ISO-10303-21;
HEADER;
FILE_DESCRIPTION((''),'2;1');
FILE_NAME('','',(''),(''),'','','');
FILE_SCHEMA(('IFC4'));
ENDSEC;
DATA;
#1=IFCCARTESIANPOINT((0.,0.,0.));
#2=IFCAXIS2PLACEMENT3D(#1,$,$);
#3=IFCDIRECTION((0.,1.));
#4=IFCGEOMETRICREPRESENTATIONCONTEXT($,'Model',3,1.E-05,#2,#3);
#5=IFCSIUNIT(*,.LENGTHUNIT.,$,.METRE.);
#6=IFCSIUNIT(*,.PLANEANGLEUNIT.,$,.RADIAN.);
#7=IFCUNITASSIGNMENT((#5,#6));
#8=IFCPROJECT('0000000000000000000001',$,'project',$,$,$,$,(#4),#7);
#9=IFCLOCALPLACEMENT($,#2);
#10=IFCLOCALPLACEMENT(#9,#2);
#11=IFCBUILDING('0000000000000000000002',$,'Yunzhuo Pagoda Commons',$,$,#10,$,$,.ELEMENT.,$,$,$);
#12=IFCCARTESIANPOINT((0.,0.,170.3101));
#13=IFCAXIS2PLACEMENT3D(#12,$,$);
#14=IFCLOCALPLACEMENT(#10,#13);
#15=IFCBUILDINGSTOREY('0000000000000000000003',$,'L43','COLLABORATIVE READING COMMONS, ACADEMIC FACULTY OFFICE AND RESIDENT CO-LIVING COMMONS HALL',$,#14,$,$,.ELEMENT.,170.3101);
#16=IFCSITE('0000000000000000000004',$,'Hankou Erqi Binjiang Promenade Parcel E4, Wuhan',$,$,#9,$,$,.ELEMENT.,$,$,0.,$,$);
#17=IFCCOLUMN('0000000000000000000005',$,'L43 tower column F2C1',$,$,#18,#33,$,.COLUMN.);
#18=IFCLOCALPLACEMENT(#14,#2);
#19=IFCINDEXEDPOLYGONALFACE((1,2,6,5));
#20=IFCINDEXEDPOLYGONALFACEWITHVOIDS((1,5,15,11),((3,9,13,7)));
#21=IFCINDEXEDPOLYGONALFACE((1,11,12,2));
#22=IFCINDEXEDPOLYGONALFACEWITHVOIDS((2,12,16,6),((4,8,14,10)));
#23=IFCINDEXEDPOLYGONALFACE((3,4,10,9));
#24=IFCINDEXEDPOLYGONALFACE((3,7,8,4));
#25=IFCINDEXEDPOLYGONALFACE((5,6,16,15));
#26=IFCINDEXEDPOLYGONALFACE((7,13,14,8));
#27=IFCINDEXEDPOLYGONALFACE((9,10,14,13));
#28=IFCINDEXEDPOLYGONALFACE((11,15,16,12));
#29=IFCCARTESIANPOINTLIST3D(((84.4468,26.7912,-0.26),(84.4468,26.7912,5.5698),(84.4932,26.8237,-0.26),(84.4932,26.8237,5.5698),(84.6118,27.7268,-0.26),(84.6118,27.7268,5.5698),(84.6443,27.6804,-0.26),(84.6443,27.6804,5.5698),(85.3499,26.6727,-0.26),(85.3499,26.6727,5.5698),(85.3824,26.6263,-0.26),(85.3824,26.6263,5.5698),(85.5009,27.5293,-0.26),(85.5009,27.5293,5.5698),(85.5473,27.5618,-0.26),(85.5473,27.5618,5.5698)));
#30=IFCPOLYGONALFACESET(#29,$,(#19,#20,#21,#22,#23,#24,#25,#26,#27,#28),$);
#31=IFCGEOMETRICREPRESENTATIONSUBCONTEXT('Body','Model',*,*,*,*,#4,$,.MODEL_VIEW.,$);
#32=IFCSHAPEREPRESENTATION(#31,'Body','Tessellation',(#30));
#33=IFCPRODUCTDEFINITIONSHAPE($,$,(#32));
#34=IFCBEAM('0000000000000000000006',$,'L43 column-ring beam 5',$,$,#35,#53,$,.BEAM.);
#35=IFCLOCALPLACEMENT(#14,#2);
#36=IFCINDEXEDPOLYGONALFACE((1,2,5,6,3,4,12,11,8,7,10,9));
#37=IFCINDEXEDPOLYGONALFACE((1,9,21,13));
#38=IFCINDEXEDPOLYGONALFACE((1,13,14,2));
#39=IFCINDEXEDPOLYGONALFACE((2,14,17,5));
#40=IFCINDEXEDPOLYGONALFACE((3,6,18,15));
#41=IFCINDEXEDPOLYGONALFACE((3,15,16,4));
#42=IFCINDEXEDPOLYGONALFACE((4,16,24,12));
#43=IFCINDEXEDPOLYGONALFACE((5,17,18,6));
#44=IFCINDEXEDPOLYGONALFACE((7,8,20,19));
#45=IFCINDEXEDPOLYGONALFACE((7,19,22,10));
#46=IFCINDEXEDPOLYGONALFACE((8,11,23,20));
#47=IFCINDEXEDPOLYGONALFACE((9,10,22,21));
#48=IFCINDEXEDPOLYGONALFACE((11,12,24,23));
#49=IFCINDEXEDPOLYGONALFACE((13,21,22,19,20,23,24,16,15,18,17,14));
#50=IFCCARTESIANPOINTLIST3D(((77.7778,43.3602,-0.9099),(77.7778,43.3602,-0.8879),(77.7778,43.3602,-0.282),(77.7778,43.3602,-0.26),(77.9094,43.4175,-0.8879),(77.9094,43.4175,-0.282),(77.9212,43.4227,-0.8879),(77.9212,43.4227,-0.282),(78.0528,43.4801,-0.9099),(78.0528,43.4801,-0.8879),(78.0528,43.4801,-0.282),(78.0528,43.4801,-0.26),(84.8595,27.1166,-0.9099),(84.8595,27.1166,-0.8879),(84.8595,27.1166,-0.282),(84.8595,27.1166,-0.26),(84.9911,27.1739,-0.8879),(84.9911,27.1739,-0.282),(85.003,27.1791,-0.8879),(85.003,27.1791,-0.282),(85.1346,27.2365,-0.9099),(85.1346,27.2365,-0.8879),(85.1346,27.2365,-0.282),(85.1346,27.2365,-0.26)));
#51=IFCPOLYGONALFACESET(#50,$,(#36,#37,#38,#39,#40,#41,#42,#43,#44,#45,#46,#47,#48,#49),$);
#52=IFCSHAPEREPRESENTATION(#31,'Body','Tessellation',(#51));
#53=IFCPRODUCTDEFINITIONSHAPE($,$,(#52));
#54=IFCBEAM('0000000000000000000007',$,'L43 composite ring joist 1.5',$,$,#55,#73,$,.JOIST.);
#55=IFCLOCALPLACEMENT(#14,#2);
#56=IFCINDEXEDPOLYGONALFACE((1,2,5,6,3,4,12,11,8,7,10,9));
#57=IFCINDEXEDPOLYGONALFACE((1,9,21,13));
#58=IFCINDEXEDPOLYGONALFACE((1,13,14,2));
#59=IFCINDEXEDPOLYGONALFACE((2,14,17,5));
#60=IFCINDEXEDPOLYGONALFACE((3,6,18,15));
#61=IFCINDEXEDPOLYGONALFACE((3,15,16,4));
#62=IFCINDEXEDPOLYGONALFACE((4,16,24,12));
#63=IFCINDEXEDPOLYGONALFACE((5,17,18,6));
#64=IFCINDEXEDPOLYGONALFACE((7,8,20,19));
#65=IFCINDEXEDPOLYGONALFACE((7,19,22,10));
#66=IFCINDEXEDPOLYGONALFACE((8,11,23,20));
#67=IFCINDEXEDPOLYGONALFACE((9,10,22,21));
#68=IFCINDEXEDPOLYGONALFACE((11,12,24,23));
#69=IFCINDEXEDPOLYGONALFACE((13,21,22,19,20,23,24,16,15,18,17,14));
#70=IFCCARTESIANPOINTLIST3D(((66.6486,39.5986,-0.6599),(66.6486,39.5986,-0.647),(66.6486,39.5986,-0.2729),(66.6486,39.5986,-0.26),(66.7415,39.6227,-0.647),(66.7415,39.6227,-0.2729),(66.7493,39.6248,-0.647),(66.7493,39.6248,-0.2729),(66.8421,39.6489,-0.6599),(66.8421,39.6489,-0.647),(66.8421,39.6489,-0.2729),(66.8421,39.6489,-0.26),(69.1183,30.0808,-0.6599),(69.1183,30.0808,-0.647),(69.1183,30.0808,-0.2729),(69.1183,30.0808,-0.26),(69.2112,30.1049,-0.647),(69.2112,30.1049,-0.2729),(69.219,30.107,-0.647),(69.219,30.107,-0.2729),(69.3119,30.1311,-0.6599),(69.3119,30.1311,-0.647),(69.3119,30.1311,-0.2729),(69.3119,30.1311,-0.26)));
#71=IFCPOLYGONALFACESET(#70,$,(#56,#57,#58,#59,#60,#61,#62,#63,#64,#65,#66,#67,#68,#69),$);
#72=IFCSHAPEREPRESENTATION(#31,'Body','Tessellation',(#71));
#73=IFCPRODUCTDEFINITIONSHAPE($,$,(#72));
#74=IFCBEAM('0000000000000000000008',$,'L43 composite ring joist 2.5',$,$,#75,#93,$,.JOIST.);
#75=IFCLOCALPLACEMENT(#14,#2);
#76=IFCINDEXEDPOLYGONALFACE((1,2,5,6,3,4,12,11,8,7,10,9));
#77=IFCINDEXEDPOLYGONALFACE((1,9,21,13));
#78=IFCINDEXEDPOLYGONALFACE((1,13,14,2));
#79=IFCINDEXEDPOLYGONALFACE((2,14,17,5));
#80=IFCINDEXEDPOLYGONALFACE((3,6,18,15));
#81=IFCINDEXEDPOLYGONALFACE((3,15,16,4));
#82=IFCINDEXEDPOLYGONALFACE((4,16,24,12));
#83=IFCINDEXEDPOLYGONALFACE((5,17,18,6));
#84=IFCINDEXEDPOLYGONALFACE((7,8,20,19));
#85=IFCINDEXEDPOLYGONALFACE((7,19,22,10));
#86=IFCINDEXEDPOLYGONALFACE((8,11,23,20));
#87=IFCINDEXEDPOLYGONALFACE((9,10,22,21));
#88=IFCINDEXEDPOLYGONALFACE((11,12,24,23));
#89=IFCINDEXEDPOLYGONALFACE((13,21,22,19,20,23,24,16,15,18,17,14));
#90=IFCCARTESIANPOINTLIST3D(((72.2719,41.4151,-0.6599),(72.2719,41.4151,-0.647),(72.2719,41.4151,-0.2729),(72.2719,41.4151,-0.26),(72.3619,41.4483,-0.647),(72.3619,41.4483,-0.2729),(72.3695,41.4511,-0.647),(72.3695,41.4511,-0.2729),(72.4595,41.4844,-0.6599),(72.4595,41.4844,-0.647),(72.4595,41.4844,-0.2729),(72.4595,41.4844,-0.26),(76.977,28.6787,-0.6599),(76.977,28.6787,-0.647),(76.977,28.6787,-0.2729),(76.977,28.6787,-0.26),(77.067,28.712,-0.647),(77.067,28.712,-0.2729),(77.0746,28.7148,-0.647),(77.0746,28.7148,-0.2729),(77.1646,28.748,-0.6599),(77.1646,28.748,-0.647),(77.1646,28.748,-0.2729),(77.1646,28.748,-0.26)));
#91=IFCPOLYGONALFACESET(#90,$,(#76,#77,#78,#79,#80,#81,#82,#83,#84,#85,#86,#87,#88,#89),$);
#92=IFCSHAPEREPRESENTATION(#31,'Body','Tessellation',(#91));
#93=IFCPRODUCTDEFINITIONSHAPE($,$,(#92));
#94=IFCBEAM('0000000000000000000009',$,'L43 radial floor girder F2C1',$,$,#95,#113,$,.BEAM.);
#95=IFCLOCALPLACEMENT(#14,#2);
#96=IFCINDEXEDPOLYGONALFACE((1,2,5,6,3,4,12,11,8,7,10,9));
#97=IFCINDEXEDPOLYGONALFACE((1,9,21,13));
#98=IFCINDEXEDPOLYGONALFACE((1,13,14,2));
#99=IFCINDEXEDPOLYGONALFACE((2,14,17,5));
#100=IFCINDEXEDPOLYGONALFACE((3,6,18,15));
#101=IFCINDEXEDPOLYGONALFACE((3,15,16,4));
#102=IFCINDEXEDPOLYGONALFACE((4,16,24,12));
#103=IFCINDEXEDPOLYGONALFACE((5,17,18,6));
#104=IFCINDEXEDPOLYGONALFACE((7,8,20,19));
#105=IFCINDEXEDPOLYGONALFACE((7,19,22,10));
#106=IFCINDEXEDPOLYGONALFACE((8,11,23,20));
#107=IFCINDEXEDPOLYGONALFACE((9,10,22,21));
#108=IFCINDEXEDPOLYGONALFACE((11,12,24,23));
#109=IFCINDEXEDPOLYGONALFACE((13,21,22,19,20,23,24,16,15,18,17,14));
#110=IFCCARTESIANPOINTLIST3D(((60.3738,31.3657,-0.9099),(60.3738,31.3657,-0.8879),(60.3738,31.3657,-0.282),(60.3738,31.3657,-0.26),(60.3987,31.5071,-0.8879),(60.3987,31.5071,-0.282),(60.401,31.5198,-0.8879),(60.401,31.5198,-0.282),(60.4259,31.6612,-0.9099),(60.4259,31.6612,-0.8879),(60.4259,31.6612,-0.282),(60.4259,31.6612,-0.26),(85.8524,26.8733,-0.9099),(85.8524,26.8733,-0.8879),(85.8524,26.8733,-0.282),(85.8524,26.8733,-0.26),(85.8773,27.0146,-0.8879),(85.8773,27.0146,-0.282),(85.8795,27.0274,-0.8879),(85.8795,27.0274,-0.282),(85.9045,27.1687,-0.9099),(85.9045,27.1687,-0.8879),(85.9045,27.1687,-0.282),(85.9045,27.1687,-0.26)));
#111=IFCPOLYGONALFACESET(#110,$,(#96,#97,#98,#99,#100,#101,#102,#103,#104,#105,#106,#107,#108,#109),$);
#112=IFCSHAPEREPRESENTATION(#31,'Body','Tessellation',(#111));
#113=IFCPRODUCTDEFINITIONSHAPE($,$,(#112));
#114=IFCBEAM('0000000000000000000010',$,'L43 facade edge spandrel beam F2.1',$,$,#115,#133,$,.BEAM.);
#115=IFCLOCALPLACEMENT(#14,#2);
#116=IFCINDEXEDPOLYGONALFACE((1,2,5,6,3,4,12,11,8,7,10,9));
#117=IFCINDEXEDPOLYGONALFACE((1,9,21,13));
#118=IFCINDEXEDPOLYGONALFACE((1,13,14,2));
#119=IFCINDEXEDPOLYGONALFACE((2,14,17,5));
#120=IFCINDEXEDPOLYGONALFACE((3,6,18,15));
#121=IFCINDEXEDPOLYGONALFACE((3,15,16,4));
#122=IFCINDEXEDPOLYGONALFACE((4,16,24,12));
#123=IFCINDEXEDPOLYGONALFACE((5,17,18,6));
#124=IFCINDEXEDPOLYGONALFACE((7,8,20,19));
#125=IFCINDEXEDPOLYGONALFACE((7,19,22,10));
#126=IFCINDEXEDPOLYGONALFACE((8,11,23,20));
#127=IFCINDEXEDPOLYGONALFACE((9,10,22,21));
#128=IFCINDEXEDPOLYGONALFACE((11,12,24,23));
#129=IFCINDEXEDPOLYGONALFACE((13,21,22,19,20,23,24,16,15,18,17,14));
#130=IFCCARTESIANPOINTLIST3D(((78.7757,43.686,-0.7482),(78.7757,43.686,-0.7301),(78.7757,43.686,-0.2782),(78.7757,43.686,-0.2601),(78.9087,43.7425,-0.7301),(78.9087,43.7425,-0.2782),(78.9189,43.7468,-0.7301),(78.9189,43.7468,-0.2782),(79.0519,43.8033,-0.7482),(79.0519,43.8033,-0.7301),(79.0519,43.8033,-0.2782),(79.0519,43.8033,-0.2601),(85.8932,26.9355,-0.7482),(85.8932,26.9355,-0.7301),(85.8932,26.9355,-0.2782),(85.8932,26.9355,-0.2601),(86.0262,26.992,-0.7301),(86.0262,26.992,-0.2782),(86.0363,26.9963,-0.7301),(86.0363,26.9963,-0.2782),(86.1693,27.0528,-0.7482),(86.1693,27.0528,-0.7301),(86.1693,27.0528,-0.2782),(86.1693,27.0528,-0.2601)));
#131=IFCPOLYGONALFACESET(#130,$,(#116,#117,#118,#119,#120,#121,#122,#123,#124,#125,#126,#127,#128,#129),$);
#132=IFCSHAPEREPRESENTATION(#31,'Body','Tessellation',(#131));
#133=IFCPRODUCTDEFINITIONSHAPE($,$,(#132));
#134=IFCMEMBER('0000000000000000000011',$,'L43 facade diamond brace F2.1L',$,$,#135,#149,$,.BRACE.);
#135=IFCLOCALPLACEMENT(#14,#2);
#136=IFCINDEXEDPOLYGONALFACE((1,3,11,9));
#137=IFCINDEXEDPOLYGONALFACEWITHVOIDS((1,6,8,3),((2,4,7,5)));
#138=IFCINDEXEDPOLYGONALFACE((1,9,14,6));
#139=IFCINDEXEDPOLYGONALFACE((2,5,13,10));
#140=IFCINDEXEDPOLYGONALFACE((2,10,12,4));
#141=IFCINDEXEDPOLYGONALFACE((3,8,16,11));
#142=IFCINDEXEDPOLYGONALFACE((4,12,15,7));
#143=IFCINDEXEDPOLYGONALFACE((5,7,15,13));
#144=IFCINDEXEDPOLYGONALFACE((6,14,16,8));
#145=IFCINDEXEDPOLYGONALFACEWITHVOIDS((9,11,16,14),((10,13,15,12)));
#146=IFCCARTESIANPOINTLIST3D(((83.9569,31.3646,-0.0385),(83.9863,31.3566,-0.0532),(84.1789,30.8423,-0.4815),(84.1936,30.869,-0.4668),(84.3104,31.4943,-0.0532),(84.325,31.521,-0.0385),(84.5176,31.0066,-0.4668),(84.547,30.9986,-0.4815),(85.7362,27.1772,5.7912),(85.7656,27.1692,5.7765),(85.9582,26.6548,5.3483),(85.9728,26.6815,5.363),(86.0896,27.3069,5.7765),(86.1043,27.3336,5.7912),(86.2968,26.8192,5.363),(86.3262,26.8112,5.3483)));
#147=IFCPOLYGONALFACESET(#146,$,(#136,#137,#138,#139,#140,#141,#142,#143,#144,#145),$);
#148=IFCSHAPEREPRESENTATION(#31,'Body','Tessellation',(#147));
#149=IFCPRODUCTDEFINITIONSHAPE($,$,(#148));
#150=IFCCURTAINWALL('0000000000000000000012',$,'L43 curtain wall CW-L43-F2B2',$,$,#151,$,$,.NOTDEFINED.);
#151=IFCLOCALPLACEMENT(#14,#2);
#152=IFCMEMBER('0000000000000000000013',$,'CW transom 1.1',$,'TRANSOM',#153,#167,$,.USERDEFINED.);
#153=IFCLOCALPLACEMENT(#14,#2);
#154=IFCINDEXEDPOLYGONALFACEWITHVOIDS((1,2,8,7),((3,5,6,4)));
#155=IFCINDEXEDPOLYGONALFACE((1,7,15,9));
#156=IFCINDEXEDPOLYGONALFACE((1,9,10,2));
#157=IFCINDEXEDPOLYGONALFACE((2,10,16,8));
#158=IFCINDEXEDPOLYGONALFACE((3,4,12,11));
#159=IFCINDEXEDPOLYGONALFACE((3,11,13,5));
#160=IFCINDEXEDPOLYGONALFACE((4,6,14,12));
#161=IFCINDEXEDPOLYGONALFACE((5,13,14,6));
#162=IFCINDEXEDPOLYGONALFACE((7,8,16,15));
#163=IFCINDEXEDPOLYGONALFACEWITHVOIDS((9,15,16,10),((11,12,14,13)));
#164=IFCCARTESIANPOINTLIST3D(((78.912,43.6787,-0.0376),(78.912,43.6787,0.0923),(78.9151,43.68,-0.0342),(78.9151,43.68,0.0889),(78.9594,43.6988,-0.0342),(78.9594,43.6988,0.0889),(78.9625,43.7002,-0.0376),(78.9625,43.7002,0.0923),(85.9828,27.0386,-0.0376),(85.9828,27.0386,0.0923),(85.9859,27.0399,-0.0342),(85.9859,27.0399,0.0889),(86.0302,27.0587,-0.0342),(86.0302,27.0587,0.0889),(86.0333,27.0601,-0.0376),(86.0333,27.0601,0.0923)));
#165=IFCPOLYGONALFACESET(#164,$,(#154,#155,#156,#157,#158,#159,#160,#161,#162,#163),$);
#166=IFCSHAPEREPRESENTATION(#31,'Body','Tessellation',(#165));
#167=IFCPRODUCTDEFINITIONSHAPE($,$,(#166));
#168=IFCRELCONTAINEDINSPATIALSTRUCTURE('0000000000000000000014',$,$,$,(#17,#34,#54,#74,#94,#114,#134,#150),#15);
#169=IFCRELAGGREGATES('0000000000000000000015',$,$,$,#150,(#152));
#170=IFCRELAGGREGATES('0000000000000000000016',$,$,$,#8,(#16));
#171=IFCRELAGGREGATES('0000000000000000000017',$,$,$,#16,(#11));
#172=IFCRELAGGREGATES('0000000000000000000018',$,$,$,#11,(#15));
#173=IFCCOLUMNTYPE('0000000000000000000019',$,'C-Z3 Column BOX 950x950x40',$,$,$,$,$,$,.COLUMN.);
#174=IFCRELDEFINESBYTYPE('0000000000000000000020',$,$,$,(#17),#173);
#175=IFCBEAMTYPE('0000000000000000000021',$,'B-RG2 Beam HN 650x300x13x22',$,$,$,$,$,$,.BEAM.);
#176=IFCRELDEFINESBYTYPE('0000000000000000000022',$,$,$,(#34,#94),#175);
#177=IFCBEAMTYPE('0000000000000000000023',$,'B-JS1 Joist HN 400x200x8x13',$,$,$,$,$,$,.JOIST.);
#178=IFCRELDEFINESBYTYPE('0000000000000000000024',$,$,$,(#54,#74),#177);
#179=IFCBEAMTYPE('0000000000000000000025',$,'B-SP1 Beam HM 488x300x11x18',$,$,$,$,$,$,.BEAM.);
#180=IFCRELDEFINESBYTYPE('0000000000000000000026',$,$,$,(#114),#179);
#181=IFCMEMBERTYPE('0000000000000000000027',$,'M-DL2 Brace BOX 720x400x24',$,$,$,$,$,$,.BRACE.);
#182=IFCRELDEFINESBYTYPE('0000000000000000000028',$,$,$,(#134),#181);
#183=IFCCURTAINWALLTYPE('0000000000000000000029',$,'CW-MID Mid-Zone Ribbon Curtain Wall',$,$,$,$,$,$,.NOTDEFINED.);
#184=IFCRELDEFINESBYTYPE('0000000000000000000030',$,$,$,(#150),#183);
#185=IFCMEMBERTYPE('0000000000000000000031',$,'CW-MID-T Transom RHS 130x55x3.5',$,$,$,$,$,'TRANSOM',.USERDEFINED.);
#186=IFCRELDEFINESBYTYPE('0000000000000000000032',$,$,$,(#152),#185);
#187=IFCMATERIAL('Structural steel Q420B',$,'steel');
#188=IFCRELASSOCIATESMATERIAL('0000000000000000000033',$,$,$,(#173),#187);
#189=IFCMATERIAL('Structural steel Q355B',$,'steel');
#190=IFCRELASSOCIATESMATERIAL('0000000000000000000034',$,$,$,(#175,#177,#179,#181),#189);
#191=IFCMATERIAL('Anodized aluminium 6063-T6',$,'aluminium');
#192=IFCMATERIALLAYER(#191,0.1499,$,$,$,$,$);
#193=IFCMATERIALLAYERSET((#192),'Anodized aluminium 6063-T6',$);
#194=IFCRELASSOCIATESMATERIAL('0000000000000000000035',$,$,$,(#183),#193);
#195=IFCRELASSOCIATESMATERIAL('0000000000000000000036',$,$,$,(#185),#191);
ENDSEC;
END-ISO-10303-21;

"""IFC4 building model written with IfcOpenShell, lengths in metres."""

from ifc_helpers import new_model, si_unit, direction, frame, origin, origin_2d, place, context, subcontext, project, spatial, hollow_rectangle, i_section, extrude, source, transform, mapped, material, layer, layer_set, material_profile, profile_set, type_object, element, aggregate, save


model = new_model("IFC4")

# Units and contexts
model_context = context("Model", 3, precision=1e-05, world=origin(), true_north=direction((0.0, 1.0)))
body_context = subcontext(model_context, "Body", "Model", "MODEL_VIEW")
ifc_project = project(units=[si_unit("LENGTHUNIT", "METRE"), si_unit("PLANEANGLEUNIT", "RADIAN")], contexts=[model_context])

# Site, building, storey
site_placement = place(None, origin())
site = spatial("IfcSite", under=ifc_project, at=site_placement, Name="Hankou Erqi Binjiang Promenade Parcel E4, Wuhan", CompositionType="ELEMENT", RefElevation=0.0)
building_placement = place(site_placement, origin())
building = spatial("IfcBuilding", under=site, at=building_placement, Name="Yunzhuo Pagoda Commons", CompositionType="ELEMENT")
storey_placement = place(building_placement, frame((0.0, 0.0, 170.3101)))
storey = spatial("IfcBuildingStorey", under=building, at=storey_placement, Name="L43", Description="COLLABORATIVE READING COMMONS, ACADEMIC FACULTY OFFICE AND RESIDENT CO-LIVING COMMONS HALL", CompositionType="ELEMENT", Elevation=170.3101)

# Column
ifc_material_1 = material(Name="Structural steel Q420B", Category="steel")
ifc_material_profile_1 = material_profile(ifc_material_1, hollow_rectangle(XDim=0.95, YDim=0.95, WallThickness=0.04, at=origin_2d()), Name="Structural steel Q420B")
ifc_profile_set_1 = profile_set([ifc_material_profile_1], Name="Structural steel Q420B")
column_type = type_object("IfcColumnType", Name="C-Z3 Column BOX 950x950x40", PredefinedType="COLUMN", material=ifc_profile_set_1)
shared_shape_1 = source(origin(), body_context, "Body", "SweptSolid", [
    extrude(hollow_rectangle(XDim=0.95, YDim=0.95, WallThickness=0.04, at=origin_2d()), origin(), (0.0, 0.0, 1.0), 5.8298),
])
column_placement = place(storey_placement, frame((84.9971, 27.1765, -0.26), z_axis=(0.0, 0.0, 1.0), x_axis=(0.173648, 0.984808, 0.0)))
element("IfcColumn", 1, at=column_placement, inside=storey, type_object=column_type, Name="L43 tower column F2C1", PredefinedType="COLUMN", context=body_context, shape_type="MappedRepresentation", body=[
    mapped(shared_shape_1, transform((0.0, 0.0, 0.0), scale=1.0)),
])

# Beams
ifc_material_2 = material(Name="Structural steel Q355B", Category="steel")
ifc_material_profile_2 = material_profile(ifc_material_2, i_section(OverallWidth=0.3, OverallDepth=0.6499, WebThickness=0.0129, FlangeThickness=0.022, at=origin_2d()), Name="Structural steel Q355B")
ifc_profile_set_2 = profile_set([ifc_material_profile_2], Name="Structural steel Q355B")
beam_type_1 = type_object("IfcBeamType", Name="B-RG2 Beam HN 650x300x13x22", PredefinedType="BEAM", material=ifc_profile_set_2)
shared_shape_2 = source(origin(), body_context, "Body", "SweptSolid", [
    extrude(i_section(OverallWidth=0.3, OverallDepth=0.6499, WebThickness=0.0129, FlangeThickness=0.022, at=origin_2d()), origin(), (0.0, 0.0, 1.0), 17.7202),
])
beam_1_placement = place(storey_placement, frame((84.9971, 27.1765, -0.585), z_axis=(-0.399643, 0.916671, 0.0), x_axis=(-0.916671, -0.399643, 0.0)))
element("IfcBeam", 2, at=beam_1_placement, inside=storey, type_object=beam_type_1, Name="L43 column-ring beam 5", PredefinedType="BEAM", context=body_context, shape_type="MappedRepresentation", body=[
    mapped(shared_shape_2, transform((0.0, 0.0, 0.0), scale=1.0)),
])
ifc_material_profile_3 = material_profile(ifc_material_2, i_section(OverallWidth=0.2, OverallDepth=0.3999, WebThickness=0.0081, FlangeThickness=0.0129, at=origin_2d()), Name="Structural steel Q355B")
ifc_profile_set_3 = profile_set([ifc_material_profile_3], Name="Structural steel Q355B")
beam_type_2 = type_object("IfcBeamType", Name="B-JS1 Joist HN 400x200x8x13", PredefinedType="JOIST", material=ifc_profile_set_3)
shared_shape_3 = source(origin(), body_context, "Body", "SweptSolid", [
    extrude(i_section(OverallWidth=0.2, OverallDepth=0.3999, WebThickness=0.0081, FlangeThickness=0.0129, at=origin_2d()), origin(), (0.0, 0.0, 1.0), 9.833),
])
beam_2_placement = place(storey_placement, frame((69.2151, 30.106, -0.46), z_axis=(-0.251166, 0.967944, 0.0), x_axis=(-0.967944, -0.251166, 0.0)))
element("IfcBeam", 3, at=beam_2_placement, inside=storey, type_object=beam_type_2, Name="L43 composite ring joist 1.5", PredefinedType="JOIST", context=body_context, shape_type="MappedRepresentation", body=[
    mapped(shared_shape_3, transform((0.0, 0.0, 0.0), scale=1.0)),
])
shared_shape_4 = source(origin(), body_context, "Body", "SweptSolid", [
    extrude(i_section(OverallWidth=0.2, OverallDepth=0.3999, WebThickness=0.0081, FlangeThickness=0.0129, at=origin_2d()), origin(), (0.0, 0.0, 1.0), 13.5776),
])
beam_3_placement = place(storey_placement, frame((77.0708, 28.7134, -0.46), z_axis=(-0.346532, 0.938038, 0.0), x_axis=(-0.938038, -0.346532, 0.0)))
element("IfcBeam", 4, at=beam_3_placement, inside=storey, type_object=beam_type_2, Name="L43 composite ring joist 2.5", PredefinedType="JOIST", context=body_context, shape_type="MappedRepresentation", body=[
    mapped(shared_shape_4, transform((0.0, 0.0, 0.0), scale=1.0)),
])
shared_shape_5 = source(origin(), body_context, "Body", "SweptSolid", [
    extrude(i_section(OverallWidth=0.3, OverallDepth=0.6499, WebThickness=0.0129, FlangeThickness=0.022, at=origin_2d()), origin(), (0.0, 0.0, 1.0), 25.8716),
])
beam_4_placement = place(storey_placement, frame((85.8784, 27.021, -0.585), z_axis=(-0.984809, 0.173644, 0.0), x_axis=(-0.173644, -0.984809, 0.0)))
element("IfcBeam", 5, at=beam_4_placement, inside=storey, type_object=beam_type_1, Name="L43 radial floor girder F2C1", PredefinedType="BEAM", context=body_context, shape_type="MappedRepresentation", body=[
    mapped(shared_shape_5, transform((0.0, 0.0, 0.0), scale=1.0)),
])
ifc_material_profile_4 = material_profile(ifc_material_2, i_section(OverallWidth=0.3, OverallDepth=0.488, WebThickness=0.011, FlangeThickness=0.0181, at=origin_2d()), Name="Structural steel Q355B")
ifc_profile_set_4 = profile_set([ifc_material_profile_4], Name="Structural steel Q355B")
beam_type_3 = type_object("IfcBeamType", Name="B-SP1 Beam HM 488x300x11x18", PredefinedType="BEAM", material=ifc_profile_set_4)
shared_shape_6 = source(origin(), body_context, "Body", "SweptSolid", [
    extrude(i_section(OverallWidth=0.3, OverallDepth=0.488, WebThickness=0.011, FlangeThickness=0.0181, at=origin_2d()), origin(), (0.0, 0.0, 1.0), 18.2),
])
beam_5_placement = place(storey_placement, frame((86.0312, 26.9941, -0.5042), z_axis=(-0.39107, 0.920361, 0.0), x_axis=(-0.920361, -0.39107, 0.0)))
element("IfcBeam", 6, at=beam_5_placement, inside=storey, type_object=beam_type_3, Name="L43 facade edge spandrel beam F2.1", PredefinedType="BEAM", context=body_context, shape_type="MappedRepresentation", body=[
    mapped(shared_shape_6, transform((0.0, 0.0, 0.0), scale=1.0)),
])

# Member
ifc_material_profile_5 = material_profile(ifc_material_2, hollow_rectangle(XDim=0.3999, YDim=0.72, WallThickness=0.0239, at=origin_2d()), Name="Structural steel Q355B")
ifc_profile_set_5 = profile_set([ifc_material_profile_5], Name="Structural steel Q355B")
member_type_1 = type_object("IfcMemberType", Name="M-DL2 Brace BOX 720x400x24", PredefinedType="BRACE", material=ifc_profile_set_5)
shared_shape_7 = source(origin(), body_context, "Body", "SweptSolid", [
    extrude(hollow_rectangle(XDim=0.3999, YDim=0.72, WallThickness=0.0239, at=origin_2d()), origin(), (0.0, 0.0, 1.0), 7.395),
])
member_1_placement = place(storey_placement, frame((84.252, 31.1816, -0.26), z_axis=(0.240604, -0.566251, 0.788334), x_axis=(0.920362, 0.391068, 0.0)))
element("IfcMember", 7, at=member_1_placement, inside=storey, type_object=member_type_1, Name="L43 facade diamond brace F2.1L", PredefinedType="BRACE", context=body_context, shape_type="MappedRepresentation", body=[
    mapped(shared_shape_7, transform((0.0, 0.0, 0.0), scale=1.0)),
])

# Curtain wall, member
ifc_material_3 = material(Name="Anodized aluminium 6063-T6", Category="aluminium")
ifc_layer_1 = layer(ifc_material_3, 0.1499)
ifc_layer_set_1 = layer_set([ifc_layer_1], Name="Anodized aluminium 6063-T6")
curtain_wall_type = type_object("IfcCurtainWallType", Name="CW-MID Mid-Zone Ribbon Curtain Wall", PredefinedType="NOTDEFINED", material=ifc_layer_set_1)
curtain_wall_1_placement = place(storey_placement, origin())
curtain_wall_1 = element("IfcCurtainWall", 8, at=curtain_wall_1_placement, inside=storey, type_object=curtain_wall_type, Name="L43 curtain wall CW-L43-F2B2", PredefinedType="NOTDEFINED")
ifc_material_profile_6 = material_profile(ifc_material_3, hollow_rectangle(XDim=0.0549, YDim=0.1299, WallThickness=0.0034, at=origin_2d()), Name="Anodized aluminium 6063-T6")
ifc_profile_set_6 = profile_set([ifc_material_profile_6], Name="Anodized aluminium 6063-T6")
member_type_2 = type_object("IfcMemberType", Name="CW-MID-T Transom RHS 130x55x3.5", ElementType="TRANSOM", PredefinedType="USERDEFINED", material=ifc_profile_set_6)
shared_shape_8 = source(origin(), body_context, "Body", "SweptSolid", [
    extrude(hollow_rectangle(XDim=0.0549, YDim=0.1299, WallThickness=0.0034, at=origin_2d()), origin(), (0.0, 0.0, 1.0), 18.0801),
])
member_2_placement = place(storey_placement, frame((86.0081, 27.0493, 0.0273), z_axis=(-0.391082, 0.920356, 0.0), x_axis=(-0.920356, -0.391082, 0.0)))
member_2 = element("IfcMember", 9, at=member_2_placement, type_object=member_type_2, Name="CW transom 1.1", ObjectType="TRANSOM", PredefinedType="USERDEFINED", context=body_context, shape_type="MappedRepresentation", body=[
    mapped(shared_shape_8, transform((0.0, 0.0, 0.0), scale=1.0)),
])

aggregate(curtain_wall_1, [member_2])

save(model, "model.ifc")
